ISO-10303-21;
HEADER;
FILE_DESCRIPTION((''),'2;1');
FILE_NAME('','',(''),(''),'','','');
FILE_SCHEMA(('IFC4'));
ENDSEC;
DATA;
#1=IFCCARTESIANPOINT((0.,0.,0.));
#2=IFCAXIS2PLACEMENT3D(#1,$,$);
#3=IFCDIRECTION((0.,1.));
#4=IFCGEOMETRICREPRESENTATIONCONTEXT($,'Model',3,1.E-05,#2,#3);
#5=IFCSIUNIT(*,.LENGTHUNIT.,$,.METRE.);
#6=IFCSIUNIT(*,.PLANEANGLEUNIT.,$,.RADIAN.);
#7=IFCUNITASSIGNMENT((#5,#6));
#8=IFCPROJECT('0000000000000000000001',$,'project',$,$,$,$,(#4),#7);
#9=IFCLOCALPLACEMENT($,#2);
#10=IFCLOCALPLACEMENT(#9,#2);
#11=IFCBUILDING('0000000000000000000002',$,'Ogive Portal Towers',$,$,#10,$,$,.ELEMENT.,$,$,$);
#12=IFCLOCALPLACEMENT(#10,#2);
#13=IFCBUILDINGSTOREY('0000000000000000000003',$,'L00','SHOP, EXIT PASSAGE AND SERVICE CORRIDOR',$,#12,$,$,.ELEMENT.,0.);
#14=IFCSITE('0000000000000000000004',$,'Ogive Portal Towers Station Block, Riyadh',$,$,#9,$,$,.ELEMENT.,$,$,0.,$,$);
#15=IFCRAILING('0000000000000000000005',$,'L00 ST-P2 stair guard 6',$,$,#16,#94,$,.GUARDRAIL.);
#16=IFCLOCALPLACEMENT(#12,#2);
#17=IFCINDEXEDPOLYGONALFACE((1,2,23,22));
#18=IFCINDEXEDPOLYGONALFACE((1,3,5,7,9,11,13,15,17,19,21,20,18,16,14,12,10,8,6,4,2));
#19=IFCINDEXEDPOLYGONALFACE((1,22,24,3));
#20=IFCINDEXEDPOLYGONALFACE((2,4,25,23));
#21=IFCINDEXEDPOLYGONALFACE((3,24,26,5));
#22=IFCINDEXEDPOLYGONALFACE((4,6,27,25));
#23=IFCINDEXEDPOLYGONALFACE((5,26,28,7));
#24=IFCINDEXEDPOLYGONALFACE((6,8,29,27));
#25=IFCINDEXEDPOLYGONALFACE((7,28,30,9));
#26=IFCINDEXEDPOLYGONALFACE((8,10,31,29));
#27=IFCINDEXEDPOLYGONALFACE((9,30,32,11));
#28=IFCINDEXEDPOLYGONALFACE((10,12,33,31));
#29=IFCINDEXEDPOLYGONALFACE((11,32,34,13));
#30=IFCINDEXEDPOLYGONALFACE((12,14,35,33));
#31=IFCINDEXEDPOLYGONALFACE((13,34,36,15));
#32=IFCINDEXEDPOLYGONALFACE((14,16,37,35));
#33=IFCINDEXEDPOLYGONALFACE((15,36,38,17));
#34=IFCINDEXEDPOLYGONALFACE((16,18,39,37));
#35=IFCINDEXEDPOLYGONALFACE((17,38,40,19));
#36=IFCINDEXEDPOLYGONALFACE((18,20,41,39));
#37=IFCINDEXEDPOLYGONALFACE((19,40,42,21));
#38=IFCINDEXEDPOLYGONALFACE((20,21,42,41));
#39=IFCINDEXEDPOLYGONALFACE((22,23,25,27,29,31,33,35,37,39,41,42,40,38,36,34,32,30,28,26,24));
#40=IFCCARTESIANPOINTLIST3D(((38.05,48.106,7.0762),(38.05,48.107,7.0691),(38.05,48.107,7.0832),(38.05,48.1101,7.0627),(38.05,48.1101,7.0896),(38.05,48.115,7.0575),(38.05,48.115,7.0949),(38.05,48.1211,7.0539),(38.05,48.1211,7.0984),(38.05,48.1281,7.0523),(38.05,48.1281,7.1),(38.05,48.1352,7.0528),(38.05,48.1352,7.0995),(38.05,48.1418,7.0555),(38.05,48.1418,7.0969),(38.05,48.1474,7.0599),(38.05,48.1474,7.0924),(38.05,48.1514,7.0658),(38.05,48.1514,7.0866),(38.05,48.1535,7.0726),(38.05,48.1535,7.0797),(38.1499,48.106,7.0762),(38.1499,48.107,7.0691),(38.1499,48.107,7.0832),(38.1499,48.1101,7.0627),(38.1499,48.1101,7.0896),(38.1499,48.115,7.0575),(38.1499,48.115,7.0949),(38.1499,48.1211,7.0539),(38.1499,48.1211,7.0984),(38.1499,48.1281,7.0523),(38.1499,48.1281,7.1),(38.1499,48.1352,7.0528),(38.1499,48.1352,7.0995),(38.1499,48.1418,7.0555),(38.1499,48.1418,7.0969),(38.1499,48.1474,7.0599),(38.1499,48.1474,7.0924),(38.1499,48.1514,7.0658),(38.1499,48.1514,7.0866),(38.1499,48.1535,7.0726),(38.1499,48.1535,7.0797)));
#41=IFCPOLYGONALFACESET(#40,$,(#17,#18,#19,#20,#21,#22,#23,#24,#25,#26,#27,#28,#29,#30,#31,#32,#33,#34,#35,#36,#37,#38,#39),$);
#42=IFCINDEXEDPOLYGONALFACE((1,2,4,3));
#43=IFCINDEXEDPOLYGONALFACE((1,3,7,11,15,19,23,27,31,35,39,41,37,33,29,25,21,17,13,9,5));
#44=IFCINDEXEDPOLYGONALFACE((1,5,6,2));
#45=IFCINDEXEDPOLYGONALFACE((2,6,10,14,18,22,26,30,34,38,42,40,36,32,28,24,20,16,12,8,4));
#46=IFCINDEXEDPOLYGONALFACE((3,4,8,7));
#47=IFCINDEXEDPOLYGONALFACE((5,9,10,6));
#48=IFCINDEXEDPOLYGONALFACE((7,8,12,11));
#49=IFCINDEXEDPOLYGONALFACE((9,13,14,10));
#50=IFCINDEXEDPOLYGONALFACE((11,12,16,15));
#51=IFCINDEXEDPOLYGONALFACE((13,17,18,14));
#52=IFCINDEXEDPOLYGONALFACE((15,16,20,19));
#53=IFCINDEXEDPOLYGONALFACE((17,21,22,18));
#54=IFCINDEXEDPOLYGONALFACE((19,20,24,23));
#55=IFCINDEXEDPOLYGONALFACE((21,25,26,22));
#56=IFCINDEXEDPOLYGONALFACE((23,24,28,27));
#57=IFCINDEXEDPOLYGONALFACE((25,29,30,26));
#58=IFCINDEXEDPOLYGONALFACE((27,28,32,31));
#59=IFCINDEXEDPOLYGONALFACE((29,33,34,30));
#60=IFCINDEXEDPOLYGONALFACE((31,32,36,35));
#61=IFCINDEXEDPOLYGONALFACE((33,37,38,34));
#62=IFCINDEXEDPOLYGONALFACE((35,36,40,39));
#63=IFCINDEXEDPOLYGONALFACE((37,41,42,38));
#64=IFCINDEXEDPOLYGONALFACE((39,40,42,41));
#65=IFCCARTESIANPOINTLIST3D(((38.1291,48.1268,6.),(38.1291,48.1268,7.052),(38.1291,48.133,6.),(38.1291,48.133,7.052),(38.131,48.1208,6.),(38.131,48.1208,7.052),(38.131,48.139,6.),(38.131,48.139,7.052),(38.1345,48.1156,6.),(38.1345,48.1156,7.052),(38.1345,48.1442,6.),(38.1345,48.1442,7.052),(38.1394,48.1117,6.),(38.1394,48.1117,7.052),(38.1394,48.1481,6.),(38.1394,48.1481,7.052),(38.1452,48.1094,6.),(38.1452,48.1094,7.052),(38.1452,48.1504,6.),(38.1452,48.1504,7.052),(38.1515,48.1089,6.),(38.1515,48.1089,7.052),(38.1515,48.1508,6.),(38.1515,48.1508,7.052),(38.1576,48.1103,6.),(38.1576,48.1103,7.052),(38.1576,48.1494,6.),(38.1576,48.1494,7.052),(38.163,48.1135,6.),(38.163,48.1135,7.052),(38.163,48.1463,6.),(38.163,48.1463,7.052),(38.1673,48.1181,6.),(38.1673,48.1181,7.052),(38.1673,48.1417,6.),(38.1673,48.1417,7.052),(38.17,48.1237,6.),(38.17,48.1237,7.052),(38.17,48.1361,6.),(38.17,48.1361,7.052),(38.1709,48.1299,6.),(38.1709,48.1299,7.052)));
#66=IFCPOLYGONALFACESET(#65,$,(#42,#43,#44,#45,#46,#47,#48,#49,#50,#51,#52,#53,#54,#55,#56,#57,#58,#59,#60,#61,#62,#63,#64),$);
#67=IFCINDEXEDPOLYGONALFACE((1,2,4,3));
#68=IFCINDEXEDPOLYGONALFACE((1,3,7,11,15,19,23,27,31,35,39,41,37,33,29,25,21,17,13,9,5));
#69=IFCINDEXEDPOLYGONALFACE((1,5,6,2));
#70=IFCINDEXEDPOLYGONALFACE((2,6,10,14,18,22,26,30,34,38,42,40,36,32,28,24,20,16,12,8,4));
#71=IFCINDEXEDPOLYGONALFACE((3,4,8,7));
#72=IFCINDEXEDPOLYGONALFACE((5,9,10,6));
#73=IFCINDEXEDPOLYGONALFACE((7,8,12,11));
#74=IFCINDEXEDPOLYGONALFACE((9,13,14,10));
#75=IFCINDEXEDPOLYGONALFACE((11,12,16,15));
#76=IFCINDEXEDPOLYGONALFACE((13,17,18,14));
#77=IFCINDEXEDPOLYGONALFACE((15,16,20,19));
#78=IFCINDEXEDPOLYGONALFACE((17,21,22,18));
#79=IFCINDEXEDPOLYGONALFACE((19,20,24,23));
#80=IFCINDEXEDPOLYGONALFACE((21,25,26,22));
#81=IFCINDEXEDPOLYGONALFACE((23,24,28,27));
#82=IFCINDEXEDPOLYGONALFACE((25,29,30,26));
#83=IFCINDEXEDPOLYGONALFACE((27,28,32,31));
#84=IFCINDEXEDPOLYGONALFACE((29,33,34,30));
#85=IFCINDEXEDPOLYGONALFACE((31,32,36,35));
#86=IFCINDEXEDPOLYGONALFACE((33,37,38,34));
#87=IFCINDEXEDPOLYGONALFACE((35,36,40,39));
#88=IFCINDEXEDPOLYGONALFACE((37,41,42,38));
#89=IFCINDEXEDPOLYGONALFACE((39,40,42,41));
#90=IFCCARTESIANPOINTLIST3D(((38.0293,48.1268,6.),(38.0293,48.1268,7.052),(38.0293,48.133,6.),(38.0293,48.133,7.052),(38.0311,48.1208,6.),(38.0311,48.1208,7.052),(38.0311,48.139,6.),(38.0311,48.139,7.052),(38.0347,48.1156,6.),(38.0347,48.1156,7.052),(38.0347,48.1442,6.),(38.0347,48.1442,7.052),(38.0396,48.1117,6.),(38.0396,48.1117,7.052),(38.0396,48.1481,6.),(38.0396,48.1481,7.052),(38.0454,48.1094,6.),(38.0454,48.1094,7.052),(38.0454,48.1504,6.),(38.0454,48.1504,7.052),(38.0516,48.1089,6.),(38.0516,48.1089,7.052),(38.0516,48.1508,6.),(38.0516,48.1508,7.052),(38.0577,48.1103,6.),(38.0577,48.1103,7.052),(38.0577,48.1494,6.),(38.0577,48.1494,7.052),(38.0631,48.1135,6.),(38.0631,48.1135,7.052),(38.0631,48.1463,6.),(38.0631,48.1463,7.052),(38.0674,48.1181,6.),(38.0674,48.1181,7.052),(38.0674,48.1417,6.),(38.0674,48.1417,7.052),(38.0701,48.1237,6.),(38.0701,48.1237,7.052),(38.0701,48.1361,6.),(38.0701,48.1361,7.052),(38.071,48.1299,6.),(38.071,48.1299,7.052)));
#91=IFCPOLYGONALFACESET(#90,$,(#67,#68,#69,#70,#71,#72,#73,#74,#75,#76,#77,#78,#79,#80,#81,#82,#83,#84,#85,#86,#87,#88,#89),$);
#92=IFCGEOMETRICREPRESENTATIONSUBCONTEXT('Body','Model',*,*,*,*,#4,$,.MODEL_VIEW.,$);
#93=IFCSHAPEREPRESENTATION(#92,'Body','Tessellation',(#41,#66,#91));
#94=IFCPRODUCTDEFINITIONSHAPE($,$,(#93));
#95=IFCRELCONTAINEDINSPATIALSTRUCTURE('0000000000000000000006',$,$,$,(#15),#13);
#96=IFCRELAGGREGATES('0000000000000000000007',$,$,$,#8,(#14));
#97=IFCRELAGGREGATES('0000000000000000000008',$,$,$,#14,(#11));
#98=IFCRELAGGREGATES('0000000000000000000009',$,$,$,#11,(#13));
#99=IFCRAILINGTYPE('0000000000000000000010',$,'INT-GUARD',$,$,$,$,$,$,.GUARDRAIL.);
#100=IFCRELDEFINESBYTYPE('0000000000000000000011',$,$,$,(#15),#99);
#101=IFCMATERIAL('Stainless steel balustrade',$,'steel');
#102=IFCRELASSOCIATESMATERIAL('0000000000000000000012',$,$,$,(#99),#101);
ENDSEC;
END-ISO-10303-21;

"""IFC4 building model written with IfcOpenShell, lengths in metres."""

from ifc_helpers import new_model, si_unit, direction, frame, origin, origin_2d, place, context, subcontext, project, spatial, circle, extrude, material, type_object, element, save


model = new_model("IFC4")

# Units and contexts
model_context = context("Model", 3, precision=1e-05, world=origin(), true_north=direction((0.0, 1.0)))
body_context = subcontext(model_context, "Body", "Model", "MODEL_VIEW")
ifc_project = project(units=[si_unit("LENGTHUNIT", "METRE"), si_unit("PLANEANGLEUNIT", "RADIAN")], contexts=[model_context])

# Site, building, storey
site_placement = place(None, origin())
site = spatial("IfcSite", under=ifc_project, at=site_placement, Name="Ogive Portal Towers Station Block, Riyadh", CompositionType="ELEMENT", RefElevation=0.0)
building_placement = place(site_placement, origin())
building = spatial("IfcBuilding", under=site, at=building_placement, Name="Ogive Portal Towers", CompositionType="ELEMENT")
storey_placement = place(building_placement, origin())
storey = spatial("IfcBuildingStorey", under=building, at=storey_placement, Name="L00", Description="SHOP, EXIT PASSAGE AND SERVICE CORRIDOR", CompositionType="ELEMENT", Elevation=0.0)

# Railing
ifc_material_1 = material(Name="Stainless steel balustrade", Category="steel")
railing_type = type_object("IfcRailingType", Name="INT-GUARD", PredefinedType="GUARDRAIL", material=ifc_material_1)
railing_placement = place(storey_placement, frame((38.1499, 48.1299, 6.0)))
element("IfcRailing", 1, at=railing_placement, inside=storey, type_object=railing_type, Name="L00 ST-P2 stair guard 6", PredefinedType="GUARDRAIL", context=body_context, shape_type="SweptSolid", body=[
    extrude(circle(Radius=0.0239, at=origin_2d()), frame((0.0, 0.0, 1.0762), z_axis=(-1.0, 0.0, 0.0), x_axis=(0.0, -1.0, 0.0)), (0.0, 0.0, 1.0), 0.0999),
    extrude(circle(Radius=0.021, at=origin_2d()), origin(), (0.0, 0.0, 1.0), 1.052),
    extrude(circle(Radius=0.021, at=origin_2d()), frame((-0.0999, 0.0, 0.0)), (0.0, 0.0, 1.0), 1.052),
])

save(model, "model.ifc")
